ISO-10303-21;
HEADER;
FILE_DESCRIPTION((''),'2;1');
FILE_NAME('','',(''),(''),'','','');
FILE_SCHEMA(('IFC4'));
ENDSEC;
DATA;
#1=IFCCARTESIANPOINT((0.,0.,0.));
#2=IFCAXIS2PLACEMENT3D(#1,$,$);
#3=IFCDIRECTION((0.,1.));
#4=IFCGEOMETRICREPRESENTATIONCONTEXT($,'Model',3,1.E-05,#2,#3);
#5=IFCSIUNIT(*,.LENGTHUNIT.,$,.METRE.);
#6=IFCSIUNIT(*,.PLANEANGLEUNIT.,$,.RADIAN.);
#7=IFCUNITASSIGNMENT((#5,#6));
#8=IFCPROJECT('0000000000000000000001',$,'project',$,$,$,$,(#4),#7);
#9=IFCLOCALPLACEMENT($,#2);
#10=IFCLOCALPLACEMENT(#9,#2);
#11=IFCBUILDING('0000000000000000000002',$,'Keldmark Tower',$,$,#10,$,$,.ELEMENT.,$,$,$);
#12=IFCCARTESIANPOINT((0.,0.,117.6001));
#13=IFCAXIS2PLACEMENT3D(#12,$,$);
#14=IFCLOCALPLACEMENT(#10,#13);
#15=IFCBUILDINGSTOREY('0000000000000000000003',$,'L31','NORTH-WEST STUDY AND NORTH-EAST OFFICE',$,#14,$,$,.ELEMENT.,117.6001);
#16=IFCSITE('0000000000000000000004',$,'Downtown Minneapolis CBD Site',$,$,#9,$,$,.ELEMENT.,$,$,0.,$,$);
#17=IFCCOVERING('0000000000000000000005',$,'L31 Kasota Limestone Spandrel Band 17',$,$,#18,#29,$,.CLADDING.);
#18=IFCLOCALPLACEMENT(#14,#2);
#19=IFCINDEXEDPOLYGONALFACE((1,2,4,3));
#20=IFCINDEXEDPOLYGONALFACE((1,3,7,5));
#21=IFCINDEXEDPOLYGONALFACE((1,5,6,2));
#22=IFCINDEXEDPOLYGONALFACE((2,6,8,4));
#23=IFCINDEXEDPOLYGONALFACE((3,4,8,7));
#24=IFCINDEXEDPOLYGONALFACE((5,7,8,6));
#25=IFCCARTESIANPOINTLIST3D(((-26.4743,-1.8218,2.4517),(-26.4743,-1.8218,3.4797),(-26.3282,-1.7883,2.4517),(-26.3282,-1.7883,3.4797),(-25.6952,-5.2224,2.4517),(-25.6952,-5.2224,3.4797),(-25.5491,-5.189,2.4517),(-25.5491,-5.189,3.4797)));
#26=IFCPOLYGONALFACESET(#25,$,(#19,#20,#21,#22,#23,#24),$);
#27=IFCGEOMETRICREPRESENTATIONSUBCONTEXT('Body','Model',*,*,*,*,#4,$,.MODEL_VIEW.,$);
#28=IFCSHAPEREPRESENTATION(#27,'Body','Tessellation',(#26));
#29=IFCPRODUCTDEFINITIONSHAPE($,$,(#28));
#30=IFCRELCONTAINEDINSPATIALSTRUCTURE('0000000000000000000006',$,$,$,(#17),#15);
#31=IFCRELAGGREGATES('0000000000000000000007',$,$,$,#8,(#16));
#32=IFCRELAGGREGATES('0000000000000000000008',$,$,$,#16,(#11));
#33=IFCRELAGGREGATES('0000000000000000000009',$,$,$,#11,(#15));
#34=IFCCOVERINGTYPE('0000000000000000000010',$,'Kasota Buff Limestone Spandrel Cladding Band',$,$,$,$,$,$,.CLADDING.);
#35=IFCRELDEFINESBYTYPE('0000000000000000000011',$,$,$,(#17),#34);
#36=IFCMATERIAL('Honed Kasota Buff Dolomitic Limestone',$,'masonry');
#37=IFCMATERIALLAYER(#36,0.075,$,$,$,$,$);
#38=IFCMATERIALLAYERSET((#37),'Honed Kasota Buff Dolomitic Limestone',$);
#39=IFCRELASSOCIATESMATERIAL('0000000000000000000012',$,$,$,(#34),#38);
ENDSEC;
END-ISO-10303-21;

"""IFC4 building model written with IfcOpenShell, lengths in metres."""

from ifc_helpers import new_model, si_unit, direction, frame, origin, origin_2d, place, context, subcontext, project, spatial, rectangle, extrude, material, layer, layer_set, type_object, element, save


model = new_model("IFC4")

# Units and contexts
model_context = context("Model", 3, precision=1e-05, world=origin(), true_north=direction((0.0, 1.0)))
body_context = subcontext(model_context, "Body", "Model", "MODEL_VIEW")
ifc_project = project(units=[si_unit("LENGTHUNIT", "METRE"), si_unit("PLANEANGLEUNIT", "RADIAN")], contexts=[model_context])

# Site, building, storey
site_placement = place(None, origin())
site = spatial("IfcSite", under=ifc_project, at=site_placement, Name="Downtown Minneapolis CBD Site", CompositionType="ELEMENT", RefElevation=0.0)
building_placement = place(site_placement, origin())
building = spatial("IfcBuilding", under=site, at=building_placement, Name="Keldmark Tower", CompositionType="ELEMENT")
storey_placement = place(building_placement, frame((0.0, 0.0, 117.6001)))
storey = spatial("IfcBuildingStorey", under=building, at=storey_placement, Name="L31", Description="NORTH-WEST STUDY AND NORTH-EAST OFFICE", CompositionType="ELEMENT", Elevation=117.6001)

# Covering
ifc_material_1 = material(Name="Honed Kasota Buff Dolomitic Limestone", Category="masonry")
ifc_layer_1 = layer(ifc_material_1, 0.075)
ifc_layer_set_1 = layer_set([ifc_layer_1], Name="Honed Kasota Buff Dolomitic Limestone")
covering_type = type_object("IfcCoveringType", Name="Kasota Buff Limestone Spandrel Cladding Band", PredefinedType="CLADDING", material=ifc_layer_set_1)
covering_placement = place(storey_placement, frame((-26.0117, -3.5054, 2.4517), z_axis=(0.0, 0.0, 1.0), x_axis=(0.223318, -0.974746, 0.0)))
element("IfcCovering", 1, at=covering_placement, inside=storey, type_object=covering_type, Name="L31 Kasota Limestone Spandrel Band 17", PredefinedType="CLADDING", context=body_context, shape_type="SweptSolid", body=[
    extrude(rectangle(XDim=3.4888, YDim=0.1499, at=origin_2d()), origin(), (0.0, 0.0, 1.0), 1.0281),
])

save(model, "model.ifc")
